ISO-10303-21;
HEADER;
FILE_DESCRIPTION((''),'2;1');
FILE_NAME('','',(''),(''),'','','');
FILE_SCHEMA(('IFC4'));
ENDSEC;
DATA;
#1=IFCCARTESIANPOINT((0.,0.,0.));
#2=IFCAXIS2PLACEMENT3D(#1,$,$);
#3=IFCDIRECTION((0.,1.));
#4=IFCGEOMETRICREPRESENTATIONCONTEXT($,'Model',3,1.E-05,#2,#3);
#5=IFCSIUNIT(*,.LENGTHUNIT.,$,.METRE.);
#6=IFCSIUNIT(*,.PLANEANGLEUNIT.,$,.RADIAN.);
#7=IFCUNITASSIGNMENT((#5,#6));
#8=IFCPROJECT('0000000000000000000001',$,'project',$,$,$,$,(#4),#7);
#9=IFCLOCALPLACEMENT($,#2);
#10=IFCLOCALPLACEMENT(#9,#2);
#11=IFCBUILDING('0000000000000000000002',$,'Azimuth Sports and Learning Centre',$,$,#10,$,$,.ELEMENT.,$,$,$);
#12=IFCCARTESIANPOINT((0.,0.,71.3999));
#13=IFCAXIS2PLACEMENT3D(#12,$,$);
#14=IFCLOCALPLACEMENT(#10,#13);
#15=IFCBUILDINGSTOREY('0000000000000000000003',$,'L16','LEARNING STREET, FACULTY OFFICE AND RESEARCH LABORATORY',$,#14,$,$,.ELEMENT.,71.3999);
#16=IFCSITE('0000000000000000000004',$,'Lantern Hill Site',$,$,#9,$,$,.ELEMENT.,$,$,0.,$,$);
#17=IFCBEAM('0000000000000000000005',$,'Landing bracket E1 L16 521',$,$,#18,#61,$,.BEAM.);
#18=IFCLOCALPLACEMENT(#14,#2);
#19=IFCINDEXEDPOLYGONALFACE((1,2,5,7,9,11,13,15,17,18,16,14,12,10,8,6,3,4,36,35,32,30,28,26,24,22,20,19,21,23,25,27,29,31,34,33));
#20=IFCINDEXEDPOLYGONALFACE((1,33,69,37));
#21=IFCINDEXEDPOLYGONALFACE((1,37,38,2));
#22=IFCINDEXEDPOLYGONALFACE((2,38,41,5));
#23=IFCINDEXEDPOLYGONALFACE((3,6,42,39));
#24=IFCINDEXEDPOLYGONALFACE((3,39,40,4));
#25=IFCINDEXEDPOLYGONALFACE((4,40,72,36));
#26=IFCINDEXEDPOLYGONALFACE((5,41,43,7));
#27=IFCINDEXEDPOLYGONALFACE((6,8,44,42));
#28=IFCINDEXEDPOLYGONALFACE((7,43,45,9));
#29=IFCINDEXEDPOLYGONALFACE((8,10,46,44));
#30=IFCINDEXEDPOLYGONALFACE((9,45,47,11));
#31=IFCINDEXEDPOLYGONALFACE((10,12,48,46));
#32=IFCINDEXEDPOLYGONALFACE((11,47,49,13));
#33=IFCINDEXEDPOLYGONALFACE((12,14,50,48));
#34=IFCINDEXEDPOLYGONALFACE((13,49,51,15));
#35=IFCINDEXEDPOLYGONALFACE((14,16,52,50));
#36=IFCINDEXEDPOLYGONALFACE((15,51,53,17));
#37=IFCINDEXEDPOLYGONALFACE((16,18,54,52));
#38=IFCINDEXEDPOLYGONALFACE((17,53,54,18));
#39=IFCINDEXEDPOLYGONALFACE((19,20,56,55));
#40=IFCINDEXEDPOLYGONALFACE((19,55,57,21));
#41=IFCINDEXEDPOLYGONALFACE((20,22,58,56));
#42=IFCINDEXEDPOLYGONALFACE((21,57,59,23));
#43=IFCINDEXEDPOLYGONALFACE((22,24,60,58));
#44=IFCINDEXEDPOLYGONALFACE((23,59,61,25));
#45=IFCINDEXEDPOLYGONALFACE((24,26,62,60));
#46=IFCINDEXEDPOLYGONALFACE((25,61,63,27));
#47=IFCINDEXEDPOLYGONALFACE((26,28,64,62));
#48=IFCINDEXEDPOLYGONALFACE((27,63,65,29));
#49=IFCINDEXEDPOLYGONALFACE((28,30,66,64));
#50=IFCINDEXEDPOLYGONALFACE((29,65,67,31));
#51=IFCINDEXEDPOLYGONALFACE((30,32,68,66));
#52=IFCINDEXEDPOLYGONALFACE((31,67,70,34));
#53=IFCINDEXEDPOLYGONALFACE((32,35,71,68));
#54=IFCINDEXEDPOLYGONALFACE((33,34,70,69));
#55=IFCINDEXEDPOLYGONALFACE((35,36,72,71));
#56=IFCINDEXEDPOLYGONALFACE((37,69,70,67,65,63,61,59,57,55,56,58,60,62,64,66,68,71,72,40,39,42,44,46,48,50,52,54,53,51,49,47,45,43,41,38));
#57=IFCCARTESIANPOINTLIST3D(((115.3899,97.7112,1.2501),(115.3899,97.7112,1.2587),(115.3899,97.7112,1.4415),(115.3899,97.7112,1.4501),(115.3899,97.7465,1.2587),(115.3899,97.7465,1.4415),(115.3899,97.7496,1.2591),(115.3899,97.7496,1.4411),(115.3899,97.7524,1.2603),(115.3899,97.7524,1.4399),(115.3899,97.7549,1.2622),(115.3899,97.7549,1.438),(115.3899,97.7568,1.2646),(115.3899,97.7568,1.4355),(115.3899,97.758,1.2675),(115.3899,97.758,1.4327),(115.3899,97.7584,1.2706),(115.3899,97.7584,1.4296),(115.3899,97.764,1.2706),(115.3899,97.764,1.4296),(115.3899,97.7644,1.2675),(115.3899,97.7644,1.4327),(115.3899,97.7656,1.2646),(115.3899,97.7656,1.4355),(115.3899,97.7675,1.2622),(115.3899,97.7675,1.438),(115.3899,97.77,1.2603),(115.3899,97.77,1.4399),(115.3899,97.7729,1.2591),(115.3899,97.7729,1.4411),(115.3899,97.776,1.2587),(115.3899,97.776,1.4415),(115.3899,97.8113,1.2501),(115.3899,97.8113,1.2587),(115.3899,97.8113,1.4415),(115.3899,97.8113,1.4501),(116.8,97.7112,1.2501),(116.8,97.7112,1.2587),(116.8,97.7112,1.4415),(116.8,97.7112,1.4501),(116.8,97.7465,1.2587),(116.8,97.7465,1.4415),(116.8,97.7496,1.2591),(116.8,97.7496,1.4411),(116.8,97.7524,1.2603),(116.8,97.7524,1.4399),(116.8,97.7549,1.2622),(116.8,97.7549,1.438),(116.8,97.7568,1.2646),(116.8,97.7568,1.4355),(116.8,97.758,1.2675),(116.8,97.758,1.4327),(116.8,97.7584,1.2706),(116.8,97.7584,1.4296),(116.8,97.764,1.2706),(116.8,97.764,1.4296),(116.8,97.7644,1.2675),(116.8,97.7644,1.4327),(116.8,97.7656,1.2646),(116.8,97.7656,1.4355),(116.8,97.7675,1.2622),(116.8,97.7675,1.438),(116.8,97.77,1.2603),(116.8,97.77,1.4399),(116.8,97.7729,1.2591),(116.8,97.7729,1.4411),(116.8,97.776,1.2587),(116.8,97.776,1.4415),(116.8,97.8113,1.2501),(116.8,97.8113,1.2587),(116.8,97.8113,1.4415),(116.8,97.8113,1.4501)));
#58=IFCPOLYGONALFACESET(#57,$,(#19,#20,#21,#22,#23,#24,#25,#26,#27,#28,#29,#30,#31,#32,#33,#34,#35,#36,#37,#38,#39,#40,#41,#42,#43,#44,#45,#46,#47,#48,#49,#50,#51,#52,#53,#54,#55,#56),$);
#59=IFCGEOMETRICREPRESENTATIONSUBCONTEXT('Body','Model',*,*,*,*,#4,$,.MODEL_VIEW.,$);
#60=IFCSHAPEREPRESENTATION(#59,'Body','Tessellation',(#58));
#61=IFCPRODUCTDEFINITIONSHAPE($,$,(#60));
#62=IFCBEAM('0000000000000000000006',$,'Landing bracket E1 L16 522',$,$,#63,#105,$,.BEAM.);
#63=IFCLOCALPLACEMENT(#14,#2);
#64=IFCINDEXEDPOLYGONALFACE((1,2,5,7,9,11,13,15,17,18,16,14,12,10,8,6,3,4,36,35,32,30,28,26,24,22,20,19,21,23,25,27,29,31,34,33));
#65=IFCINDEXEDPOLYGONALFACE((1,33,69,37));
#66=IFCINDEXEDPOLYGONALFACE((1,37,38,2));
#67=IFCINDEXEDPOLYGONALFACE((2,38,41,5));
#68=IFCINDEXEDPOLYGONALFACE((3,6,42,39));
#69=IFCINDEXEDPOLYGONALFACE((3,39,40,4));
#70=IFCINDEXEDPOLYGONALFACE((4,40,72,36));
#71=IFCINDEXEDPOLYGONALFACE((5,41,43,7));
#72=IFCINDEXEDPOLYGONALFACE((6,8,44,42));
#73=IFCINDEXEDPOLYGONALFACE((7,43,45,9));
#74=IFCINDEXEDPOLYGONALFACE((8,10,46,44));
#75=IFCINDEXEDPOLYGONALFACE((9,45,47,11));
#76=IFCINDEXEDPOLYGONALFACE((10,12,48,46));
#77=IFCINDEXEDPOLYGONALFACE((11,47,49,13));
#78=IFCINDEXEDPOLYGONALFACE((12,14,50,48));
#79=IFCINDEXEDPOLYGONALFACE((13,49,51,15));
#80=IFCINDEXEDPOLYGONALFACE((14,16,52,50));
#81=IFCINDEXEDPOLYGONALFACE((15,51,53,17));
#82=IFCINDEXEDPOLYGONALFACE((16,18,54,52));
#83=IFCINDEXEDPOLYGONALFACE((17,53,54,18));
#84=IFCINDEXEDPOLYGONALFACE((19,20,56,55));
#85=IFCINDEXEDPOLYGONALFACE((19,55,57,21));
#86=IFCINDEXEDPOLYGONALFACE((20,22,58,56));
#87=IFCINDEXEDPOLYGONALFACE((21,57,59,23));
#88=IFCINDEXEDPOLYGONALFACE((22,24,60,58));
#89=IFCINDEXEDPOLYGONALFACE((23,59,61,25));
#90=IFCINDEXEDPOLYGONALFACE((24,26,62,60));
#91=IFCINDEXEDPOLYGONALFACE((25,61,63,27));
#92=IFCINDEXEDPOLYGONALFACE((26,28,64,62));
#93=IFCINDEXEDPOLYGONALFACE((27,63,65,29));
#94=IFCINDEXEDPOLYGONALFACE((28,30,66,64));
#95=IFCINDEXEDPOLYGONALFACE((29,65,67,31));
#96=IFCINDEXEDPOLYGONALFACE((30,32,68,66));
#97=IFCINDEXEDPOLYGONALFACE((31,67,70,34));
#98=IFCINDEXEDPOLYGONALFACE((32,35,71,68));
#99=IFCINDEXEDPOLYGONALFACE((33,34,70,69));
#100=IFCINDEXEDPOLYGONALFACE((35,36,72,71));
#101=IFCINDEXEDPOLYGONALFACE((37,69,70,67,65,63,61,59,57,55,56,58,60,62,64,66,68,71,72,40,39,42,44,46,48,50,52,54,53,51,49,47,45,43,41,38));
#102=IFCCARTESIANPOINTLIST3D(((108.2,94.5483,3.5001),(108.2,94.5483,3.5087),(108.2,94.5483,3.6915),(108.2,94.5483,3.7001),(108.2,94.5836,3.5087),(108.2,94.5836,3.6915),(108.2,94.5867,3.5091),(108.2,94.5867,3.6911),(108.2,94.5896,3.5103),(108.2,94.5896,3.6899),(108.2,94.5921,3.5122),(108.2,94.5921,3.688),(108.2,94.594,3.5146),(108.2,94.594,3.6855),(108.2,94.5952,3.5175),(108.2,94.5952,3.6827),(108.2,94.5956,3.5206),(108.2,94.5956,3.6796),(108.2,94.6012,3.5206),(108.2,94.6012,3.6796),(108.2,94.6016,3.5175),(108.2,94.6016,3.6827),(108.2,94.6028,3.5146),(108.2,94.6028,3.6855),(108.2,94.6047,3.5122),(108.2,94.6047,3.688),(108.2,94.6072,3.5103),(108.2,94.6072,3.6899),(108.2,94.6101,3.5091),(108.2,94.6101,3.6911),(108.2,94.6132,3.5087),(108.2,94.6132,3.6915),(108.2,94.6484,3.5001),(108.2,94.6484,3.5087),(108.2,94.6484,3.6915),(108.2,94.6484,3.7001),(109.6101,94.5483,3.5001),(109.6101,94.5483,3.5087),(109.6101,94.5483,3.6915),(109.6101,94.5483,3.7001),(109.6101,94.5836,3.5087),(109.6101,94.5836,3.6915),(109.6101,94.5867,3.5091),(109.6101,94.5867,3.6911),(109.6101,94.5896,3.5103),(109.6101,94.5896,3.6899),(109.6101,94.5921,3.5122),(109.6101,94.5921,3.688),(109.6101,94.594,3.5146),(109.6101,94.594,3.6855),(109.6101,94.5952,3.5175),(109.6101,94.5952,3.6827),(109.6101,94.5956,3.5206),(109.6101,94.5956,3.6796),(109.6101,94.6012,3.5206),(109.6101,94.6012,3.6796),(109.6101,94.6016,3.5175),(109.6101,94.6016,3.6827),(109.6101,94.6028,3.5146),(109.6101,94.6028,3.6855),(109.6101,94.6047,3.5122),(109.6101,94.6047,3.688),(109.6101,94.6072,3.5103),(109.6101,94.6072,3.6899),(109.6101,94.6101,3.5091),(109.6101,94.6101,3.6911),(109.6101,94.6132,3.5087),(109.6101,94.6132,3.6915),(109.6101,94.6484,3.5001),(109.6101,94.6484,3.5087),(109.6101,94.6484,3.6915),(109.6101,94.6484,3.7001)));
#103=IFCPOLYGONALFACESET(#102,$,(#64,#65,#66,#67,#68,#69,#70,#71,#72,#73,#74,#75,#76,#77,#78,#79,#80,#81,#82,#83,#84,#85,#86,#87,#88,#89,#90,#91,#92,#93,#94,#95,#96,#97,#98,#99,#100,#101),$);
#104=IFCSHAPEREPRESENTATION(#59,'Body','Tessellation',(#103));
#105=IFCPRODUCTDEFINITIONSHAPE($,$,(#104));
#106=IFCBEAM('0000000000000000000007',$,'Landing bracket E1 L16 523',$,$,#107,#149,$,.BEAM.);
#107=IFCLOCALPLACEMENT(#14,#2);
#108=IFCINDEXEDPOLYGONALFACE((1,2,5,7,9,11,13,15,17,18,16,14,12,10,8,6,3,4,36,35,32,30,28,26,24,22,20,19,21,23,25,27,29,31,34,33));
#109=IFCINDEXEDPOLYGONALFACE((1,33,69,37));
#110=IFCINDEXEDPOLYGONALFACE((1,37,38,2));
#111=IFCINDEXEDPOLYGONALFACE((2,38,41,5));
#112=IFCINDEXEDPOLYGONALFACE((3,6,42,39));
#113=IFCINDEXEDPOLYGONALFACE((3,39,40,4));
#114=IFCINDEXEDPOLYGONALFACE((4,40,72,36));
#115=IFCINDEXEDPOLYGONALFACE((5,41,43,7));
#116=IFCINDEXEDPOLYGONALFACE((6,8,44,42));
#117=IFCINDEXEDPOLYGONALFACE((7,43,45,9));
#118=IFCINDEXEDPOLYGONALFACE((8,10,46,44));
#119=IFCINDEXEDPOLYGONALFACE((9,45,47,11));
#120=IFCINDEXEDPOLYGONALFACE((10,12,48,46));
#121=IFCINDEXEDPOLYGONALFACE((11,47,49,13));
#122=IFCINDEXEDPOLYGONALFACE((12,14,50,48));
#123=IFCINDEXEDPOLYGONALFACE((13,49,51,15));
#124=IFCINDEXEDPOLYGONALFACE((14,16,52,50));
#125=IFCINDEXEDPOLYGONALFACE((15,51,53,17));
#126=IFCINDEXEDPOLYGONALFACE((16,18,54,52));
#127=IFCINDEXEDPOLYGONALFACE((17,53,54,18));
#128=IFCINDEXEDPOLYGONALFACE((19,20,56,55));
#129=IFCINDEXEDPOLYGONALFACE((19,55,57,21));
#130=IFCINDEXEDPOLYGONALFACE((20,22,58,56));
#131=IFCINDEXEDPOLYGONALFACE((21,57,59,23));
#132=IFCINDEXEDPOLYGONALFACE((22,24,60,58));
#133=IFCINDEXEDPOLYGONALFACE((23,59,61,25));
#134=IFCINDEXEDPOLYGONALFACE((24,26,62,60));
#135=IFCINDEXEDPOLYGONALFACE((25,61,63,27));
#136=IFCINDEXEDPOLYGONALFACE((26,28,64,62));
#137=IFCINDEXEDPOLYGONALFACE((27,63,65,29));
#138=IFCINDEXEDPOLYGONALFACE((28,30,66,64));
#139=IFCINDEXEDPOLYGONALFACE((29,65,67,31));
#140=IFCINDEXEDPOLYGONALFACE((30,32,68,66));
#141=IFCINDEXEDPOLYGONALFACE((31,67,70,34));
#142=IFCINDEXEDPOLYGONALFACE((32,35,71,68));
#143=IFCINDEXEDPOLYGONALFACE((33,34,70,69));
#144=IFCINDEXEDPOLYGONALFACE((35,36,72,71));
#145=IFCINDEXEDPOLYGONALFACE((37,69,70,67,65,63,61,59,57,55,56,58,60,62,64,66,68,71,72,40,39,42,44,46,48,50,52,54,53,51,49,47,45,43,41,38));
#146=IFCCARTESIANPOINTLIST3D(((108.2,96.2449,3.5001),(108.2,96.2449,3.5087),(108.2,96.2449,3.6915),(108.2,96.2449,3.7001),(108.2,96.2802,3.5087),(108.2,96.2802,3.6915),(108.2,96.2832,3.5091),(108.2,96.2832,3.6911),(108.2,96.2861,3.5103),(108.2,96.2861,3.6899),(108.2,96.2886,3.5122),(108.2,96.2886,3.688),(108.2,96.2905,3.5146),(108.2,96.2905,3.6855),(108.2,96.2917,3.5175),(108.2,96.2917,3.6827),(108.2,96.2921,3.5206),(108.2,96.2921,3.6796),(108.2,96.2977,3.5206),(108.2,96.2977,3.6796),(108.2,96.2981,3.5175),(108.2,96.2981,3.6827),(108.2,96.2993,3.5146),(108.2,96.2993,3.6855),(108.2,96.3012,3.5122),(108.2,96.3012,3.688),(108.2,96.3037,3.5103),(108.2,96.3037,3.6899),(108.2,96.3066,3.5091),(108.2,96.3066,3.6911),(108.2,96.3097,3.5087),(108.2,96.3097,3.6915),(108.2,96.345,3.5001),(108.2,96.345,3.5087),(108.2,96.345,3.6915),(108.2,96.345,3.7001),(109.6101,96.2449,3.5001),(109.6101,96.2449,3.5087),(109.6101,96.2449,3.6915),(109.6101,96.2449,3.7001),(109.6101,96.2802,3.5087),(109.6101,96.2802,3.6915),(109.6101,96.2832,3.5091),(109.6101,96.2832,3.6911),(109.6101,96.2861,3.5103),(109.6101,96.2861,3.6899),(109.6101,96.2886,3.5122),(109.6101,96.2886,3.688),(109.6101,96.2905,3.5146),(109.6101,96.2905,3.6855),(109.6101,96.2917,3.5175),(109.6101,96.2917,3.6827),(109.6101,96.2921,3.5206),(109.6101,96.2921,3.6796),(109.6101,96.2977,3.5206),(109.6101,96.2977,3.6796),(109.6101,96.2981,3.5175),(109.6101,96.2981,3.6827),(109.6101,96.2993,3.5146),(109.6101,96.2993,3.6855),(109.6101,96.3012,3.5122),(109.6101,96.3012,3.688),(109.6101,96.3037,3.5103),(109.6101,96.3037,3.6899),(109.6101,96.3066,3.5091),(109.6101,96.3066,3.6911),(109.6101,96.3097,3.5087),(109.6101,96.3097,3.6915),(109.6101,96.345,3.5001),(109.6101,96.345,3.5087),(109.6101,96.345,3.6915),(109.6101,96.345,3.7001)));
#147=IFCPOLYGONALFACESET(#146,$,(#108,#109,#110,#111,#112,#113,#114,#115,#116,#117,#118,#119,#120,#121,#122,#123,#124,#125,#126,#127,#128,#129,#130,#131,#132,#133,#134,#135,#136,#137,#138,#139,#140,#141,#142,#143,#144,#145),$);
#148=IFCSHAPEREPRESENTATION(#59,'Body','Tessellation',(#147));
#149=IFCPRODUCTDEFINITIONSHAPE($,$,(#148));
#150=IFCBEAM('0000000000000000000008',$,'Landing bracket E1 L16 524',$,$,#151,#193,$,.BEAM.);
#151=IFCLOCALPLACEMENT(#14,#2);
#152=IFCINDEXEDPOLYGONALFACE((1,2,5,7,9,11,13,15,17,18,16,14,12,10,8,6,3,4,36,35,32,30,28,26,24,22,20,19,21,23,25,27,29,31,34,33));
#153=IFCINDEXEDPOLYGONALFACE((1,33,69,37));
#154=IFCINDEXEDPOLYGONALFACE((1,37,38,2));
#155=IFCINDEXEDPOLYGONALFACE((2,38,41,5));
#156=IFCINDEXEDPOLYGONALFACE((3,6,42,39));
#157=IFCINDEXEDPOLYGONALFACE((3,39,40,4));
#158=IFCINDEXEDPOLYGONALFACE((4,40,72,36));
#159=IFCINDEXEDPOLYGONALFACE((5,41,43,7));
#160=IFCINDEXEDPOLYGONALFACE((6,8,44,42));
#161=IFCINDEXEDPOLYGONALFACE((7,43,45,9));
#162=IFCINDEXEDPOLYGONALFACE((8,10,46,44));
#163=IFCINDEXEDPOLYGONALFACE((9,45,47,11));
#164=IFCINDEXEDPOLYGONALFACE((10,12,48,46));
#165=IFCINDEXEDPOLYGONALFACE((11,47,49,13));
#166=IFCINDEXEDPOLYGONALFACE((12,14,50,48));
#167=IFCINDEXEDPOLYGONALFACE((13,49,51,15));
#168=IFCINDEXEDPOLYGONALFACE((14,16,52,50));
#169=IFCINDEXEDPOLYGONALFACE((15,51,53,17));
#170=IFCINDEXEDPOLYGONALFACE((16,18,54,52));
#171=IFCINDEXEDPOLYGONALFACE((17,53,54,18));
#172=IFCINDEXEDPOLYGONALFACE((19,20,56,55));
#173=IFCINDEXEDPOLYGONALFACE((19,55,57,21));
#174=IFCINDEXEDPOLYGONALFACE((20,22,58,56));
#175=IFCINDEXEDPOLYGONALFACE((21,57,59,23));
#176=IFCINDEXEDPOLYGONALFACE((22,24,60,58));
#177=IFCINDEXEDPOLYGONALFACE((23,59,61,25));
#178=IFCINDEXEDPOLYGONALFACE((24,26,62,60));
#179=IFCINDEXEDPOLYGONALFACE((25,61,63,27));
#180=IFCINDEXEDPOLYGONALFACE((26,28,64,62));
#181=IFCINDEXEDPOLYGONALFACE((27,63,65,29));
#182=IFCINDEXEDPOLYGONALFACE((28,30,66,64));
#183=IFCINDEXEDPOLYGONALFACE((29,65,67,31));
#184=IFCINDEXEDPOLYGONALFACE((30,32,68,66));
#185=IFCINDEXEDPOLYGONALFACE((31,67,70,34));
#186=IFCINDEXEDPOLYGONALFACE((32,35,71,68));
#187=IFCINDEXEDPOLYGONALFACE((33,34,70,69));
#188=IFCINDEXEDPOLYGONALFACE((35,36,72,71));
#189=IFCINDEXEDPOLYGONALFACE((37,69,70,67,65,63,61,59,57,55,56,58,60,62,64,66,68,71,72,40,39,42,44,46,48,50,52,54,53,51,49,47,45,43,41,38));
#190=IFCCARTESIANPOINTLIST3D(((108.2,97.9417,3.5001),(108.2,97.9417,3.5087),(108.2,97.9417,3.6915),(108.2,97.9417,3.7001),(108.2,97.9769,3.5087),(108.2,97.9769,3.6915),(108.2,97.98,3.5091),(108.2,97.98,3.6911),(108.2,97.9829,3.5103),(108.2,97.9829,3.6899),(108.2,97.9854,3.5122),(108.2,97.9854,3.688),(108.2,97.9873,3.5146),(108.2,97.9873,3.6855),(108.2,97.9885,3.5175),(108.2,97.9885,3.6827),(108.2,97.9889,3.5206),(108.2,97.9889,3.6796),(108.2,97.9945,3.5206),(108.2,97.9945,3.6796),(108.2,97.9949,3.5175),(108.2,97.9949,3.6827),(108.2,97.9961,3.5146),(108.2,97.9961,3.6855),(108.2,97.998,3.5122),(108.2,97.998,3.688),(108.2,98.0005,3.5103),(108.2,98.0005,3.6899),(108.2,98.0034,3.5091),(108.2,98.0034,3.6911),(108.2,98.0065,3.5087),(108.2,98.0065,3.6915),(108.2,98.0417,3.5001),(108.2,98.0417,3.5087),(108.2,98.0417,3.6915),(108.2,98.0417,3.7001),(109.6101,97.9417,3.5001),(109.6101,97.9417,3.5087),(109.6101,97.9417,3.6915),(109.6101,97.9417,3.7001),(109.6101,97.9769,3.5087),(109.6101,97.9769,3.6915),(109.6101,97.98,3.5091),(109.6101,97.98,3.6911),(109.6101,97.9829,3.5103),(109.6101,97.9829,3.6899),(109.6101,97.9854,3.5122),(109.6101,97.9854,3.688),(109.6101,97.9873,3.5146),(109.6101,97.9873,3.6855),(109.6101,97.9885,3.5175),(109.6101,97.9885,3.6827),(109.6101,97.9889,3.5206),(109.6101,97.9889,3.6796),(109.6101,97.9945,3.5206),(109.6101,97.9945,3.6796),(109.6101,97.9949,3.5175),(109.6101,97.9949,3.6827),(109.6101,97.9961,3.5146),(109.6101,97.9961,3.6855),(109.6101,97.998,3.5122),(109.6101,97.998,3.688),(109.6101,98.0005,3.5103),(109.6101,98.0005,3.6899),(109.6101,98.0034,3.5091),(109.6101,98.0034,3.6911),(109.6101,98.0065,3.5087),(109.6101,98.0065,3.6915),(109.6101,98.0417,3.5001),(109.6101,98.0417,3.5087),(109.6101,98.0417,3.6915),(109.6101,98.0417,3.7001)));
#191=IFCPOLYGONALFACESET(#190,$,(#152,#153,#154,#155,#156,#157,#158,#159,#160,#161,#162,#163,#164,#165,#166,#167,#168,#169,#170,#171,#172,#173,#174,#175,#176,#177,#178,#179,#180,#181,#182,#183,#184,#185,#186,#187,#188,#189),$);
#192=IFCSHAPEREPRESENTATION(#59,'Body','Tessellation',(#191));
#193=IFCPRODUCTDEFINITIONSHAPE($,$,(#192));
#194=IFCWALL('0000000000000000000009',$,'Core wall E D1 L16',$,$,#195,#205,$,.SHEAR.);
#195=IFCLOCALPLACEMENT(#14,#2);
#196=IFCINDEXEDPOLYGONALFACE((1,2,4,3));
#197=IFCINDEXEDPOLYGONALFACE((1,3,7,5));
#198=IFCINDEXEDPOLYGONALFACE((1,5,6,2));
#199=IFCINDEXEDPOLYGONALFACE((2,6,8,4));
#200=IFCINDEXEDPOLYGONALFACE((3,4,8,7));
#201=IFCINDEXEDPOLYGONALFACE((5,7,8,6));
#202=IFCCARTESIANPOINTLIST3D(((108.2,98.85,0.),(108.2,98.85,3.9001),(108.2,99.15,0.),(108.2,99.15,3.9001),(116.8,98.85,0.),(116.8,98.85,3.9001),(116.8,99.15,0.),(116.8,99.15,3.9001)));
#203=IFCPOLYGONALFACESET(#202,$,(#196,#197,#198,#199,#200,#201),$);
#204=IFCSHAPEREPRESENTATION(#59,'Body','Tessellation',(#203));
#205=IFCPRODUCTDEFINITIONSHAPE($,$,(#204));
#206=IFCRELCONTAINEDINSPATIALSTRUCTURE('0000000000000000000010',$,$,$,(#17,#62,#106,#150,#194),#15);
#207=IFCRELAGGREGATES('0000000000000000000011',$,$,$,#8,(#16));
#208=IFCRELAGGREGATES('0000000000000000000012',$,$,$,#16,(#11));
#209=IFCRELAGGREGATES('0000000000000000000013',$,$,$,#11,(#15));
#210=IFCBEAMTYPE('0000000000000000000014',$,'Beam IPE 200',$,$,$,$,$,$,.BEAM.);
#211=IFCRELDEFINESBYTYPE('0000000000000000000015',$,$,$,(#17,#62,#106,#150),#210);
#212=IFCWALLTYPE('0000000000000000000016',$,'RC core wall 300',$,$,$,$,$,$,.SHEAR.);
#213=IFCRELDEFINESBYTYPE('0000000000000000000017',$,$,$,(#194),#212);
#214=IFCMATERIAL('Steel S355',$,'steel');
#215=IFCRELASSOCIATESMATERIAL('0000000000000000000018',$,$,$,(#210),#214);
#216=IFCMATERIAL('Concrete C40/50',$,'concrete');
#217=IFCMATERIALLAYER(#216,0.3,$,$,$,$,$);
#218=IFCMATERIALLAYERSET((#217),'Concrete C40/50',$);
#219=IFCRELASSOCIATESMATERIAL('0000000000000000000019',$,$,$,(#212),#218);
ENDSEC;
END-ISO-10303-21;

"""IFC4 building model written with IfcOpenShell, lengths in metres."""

from ifc_helpers import new_model, si_unit, direction, frame, frame_2d, origin, origin_2d, place, context, subcontext, project, spatial, rectangle, i_section, extrude, material, layer, layer_set, material_profile, profile_set, type_object, element, save


model = new_model("IFC4")

# Units and contexts
model_context = context("Model", 3, precision=1e-05, world=origin(), true_north=direction((0.0, 1.0)))
body_context = subcontext(model_context, "Body", "Model", "MODEL_VIEW")
ifc_project = project(units=[si_unit("LENGTHUNIT", "METRE"), si_unit("PLANEANGLEUNIT", "RADIAN")], contexts=[model_context])

# Site, building, storey
site_placement = place(None, origin())
site = spatial("IfcSite", under=ifc_project, at=site_placement, Name="Lantern Hill Site", CompositionType="ELEMENT", RefElevation=0.0)
building_placement = place(site_placement, origin())
building = spatial("IfcBuilding", under=site, at=building_placement, Name="Azimuth Sports and Learning Centre", CompositionType="ELEMENT")
storey_placement = place(building_placement, frame((0.0, 0.0, 71.3999)))
storey = spatial("IfcBuildingStorey", under=building, at=storey_placement, Name="L16", Description="LEARNING STREET, FACULTY OFFICE AND RESEARCH LABORATORY", CompositionType="ELEMENT", Elevation=71.3999)

# Beams
ifc_material_1 = material(Name="Steel S355", Category="steel")
ifc_material_profile = material_profile(ifc_material_1, i_section(OverallWidth=0.1001, OverallDepth=0.2, WebThickness=0.0056, FlangeThickness=0.0085, FilletRadius=0.012, at=origin_2d()), Name="IPE 200")
ifc_profile_set = profile_set([ifc_material_profile], Name="Steel S355")
beam_type = type_object("IfcBeamType", Name="Beam IPE 200", PredefinedType="BEAM", material=ifc_profile_set)
for number, where, z_axis, x_axis, name in (
    (1, (116.8, 97.7612, 1.3501), (-1.0, 0.0, 0.0), (0.0, -1.0, 0.0), "Landing bracket E1 L16 521"),
    (2, (108.2, 94.5984, 3.6001), (1.0, 0.0, 0.0), (0.0, 1.0, 0.0), "Landing bracket E1 L16 522"),
    (3, (108.2, 96.2949, 3.6001), (1.0, 0.0, 0.0), (0.0, 1.0, 0.0), "Landing bracket E1 L16 523"),
    (4, (108.2, 97.9917, 3.6001), (1.0, 0.0, 0.0), (0.0, 1.0, 0.0), "Landing bracket E1 L16 524"),
):
    element("IfcBeam", number, at=place(storey_placement, frame(where, z_axis=z_axis, x_axis=x_axis)), inside=storey, type_object=beam_type, Name=name, PredefinedType="BEAM", context=body_context, shape_type="SweptSolid", body=[
        extrude(i_section(OverallWidth=0.1001, OverallDepth=0.2, WebThickness=0.0056, FlangeThickness=0.0085, FilletRadius=0.012, at=origin_2d()), origin(), (0.0, 0.0, 1.0), 1.4102),
    ])

# Wall
ifc_material_2 = material(Name="Concrete C40/50", Category="concrete")
ifc_layer_1 = layer(ifc_material_2, 0.3)
ifc_layer_set_1 = layer_set([ifc_layer_1], Name="Concrete C40/50")
wall_type = type_object("IfcWallType", Name="RC core wall 300", PredefinedType="SHEAR", material=ifc_layer_set_1)
wall_placement = place(storey_placement, frame((108.2, 99.0, 0.0), z_axis=(0.0, 0.0, 1.0), x_axis=(1.0, 0.0, 0.0)))
element("IfcWall", 5, at=wall_placement, inside=storey, type_object=wall_type, Name="Core wall E D1 L16", PredefinedType="SHEAR", context=body_context, shape_type="SweptSolid", body=[
    extrude(rectangle(XDim=8.6001, YDim=0.3, at=frame_2d((4.3, 0.0))), origin(), (0.0, 0.0, 1.0), 3.9001),
])

save(model, "model.ifc")
